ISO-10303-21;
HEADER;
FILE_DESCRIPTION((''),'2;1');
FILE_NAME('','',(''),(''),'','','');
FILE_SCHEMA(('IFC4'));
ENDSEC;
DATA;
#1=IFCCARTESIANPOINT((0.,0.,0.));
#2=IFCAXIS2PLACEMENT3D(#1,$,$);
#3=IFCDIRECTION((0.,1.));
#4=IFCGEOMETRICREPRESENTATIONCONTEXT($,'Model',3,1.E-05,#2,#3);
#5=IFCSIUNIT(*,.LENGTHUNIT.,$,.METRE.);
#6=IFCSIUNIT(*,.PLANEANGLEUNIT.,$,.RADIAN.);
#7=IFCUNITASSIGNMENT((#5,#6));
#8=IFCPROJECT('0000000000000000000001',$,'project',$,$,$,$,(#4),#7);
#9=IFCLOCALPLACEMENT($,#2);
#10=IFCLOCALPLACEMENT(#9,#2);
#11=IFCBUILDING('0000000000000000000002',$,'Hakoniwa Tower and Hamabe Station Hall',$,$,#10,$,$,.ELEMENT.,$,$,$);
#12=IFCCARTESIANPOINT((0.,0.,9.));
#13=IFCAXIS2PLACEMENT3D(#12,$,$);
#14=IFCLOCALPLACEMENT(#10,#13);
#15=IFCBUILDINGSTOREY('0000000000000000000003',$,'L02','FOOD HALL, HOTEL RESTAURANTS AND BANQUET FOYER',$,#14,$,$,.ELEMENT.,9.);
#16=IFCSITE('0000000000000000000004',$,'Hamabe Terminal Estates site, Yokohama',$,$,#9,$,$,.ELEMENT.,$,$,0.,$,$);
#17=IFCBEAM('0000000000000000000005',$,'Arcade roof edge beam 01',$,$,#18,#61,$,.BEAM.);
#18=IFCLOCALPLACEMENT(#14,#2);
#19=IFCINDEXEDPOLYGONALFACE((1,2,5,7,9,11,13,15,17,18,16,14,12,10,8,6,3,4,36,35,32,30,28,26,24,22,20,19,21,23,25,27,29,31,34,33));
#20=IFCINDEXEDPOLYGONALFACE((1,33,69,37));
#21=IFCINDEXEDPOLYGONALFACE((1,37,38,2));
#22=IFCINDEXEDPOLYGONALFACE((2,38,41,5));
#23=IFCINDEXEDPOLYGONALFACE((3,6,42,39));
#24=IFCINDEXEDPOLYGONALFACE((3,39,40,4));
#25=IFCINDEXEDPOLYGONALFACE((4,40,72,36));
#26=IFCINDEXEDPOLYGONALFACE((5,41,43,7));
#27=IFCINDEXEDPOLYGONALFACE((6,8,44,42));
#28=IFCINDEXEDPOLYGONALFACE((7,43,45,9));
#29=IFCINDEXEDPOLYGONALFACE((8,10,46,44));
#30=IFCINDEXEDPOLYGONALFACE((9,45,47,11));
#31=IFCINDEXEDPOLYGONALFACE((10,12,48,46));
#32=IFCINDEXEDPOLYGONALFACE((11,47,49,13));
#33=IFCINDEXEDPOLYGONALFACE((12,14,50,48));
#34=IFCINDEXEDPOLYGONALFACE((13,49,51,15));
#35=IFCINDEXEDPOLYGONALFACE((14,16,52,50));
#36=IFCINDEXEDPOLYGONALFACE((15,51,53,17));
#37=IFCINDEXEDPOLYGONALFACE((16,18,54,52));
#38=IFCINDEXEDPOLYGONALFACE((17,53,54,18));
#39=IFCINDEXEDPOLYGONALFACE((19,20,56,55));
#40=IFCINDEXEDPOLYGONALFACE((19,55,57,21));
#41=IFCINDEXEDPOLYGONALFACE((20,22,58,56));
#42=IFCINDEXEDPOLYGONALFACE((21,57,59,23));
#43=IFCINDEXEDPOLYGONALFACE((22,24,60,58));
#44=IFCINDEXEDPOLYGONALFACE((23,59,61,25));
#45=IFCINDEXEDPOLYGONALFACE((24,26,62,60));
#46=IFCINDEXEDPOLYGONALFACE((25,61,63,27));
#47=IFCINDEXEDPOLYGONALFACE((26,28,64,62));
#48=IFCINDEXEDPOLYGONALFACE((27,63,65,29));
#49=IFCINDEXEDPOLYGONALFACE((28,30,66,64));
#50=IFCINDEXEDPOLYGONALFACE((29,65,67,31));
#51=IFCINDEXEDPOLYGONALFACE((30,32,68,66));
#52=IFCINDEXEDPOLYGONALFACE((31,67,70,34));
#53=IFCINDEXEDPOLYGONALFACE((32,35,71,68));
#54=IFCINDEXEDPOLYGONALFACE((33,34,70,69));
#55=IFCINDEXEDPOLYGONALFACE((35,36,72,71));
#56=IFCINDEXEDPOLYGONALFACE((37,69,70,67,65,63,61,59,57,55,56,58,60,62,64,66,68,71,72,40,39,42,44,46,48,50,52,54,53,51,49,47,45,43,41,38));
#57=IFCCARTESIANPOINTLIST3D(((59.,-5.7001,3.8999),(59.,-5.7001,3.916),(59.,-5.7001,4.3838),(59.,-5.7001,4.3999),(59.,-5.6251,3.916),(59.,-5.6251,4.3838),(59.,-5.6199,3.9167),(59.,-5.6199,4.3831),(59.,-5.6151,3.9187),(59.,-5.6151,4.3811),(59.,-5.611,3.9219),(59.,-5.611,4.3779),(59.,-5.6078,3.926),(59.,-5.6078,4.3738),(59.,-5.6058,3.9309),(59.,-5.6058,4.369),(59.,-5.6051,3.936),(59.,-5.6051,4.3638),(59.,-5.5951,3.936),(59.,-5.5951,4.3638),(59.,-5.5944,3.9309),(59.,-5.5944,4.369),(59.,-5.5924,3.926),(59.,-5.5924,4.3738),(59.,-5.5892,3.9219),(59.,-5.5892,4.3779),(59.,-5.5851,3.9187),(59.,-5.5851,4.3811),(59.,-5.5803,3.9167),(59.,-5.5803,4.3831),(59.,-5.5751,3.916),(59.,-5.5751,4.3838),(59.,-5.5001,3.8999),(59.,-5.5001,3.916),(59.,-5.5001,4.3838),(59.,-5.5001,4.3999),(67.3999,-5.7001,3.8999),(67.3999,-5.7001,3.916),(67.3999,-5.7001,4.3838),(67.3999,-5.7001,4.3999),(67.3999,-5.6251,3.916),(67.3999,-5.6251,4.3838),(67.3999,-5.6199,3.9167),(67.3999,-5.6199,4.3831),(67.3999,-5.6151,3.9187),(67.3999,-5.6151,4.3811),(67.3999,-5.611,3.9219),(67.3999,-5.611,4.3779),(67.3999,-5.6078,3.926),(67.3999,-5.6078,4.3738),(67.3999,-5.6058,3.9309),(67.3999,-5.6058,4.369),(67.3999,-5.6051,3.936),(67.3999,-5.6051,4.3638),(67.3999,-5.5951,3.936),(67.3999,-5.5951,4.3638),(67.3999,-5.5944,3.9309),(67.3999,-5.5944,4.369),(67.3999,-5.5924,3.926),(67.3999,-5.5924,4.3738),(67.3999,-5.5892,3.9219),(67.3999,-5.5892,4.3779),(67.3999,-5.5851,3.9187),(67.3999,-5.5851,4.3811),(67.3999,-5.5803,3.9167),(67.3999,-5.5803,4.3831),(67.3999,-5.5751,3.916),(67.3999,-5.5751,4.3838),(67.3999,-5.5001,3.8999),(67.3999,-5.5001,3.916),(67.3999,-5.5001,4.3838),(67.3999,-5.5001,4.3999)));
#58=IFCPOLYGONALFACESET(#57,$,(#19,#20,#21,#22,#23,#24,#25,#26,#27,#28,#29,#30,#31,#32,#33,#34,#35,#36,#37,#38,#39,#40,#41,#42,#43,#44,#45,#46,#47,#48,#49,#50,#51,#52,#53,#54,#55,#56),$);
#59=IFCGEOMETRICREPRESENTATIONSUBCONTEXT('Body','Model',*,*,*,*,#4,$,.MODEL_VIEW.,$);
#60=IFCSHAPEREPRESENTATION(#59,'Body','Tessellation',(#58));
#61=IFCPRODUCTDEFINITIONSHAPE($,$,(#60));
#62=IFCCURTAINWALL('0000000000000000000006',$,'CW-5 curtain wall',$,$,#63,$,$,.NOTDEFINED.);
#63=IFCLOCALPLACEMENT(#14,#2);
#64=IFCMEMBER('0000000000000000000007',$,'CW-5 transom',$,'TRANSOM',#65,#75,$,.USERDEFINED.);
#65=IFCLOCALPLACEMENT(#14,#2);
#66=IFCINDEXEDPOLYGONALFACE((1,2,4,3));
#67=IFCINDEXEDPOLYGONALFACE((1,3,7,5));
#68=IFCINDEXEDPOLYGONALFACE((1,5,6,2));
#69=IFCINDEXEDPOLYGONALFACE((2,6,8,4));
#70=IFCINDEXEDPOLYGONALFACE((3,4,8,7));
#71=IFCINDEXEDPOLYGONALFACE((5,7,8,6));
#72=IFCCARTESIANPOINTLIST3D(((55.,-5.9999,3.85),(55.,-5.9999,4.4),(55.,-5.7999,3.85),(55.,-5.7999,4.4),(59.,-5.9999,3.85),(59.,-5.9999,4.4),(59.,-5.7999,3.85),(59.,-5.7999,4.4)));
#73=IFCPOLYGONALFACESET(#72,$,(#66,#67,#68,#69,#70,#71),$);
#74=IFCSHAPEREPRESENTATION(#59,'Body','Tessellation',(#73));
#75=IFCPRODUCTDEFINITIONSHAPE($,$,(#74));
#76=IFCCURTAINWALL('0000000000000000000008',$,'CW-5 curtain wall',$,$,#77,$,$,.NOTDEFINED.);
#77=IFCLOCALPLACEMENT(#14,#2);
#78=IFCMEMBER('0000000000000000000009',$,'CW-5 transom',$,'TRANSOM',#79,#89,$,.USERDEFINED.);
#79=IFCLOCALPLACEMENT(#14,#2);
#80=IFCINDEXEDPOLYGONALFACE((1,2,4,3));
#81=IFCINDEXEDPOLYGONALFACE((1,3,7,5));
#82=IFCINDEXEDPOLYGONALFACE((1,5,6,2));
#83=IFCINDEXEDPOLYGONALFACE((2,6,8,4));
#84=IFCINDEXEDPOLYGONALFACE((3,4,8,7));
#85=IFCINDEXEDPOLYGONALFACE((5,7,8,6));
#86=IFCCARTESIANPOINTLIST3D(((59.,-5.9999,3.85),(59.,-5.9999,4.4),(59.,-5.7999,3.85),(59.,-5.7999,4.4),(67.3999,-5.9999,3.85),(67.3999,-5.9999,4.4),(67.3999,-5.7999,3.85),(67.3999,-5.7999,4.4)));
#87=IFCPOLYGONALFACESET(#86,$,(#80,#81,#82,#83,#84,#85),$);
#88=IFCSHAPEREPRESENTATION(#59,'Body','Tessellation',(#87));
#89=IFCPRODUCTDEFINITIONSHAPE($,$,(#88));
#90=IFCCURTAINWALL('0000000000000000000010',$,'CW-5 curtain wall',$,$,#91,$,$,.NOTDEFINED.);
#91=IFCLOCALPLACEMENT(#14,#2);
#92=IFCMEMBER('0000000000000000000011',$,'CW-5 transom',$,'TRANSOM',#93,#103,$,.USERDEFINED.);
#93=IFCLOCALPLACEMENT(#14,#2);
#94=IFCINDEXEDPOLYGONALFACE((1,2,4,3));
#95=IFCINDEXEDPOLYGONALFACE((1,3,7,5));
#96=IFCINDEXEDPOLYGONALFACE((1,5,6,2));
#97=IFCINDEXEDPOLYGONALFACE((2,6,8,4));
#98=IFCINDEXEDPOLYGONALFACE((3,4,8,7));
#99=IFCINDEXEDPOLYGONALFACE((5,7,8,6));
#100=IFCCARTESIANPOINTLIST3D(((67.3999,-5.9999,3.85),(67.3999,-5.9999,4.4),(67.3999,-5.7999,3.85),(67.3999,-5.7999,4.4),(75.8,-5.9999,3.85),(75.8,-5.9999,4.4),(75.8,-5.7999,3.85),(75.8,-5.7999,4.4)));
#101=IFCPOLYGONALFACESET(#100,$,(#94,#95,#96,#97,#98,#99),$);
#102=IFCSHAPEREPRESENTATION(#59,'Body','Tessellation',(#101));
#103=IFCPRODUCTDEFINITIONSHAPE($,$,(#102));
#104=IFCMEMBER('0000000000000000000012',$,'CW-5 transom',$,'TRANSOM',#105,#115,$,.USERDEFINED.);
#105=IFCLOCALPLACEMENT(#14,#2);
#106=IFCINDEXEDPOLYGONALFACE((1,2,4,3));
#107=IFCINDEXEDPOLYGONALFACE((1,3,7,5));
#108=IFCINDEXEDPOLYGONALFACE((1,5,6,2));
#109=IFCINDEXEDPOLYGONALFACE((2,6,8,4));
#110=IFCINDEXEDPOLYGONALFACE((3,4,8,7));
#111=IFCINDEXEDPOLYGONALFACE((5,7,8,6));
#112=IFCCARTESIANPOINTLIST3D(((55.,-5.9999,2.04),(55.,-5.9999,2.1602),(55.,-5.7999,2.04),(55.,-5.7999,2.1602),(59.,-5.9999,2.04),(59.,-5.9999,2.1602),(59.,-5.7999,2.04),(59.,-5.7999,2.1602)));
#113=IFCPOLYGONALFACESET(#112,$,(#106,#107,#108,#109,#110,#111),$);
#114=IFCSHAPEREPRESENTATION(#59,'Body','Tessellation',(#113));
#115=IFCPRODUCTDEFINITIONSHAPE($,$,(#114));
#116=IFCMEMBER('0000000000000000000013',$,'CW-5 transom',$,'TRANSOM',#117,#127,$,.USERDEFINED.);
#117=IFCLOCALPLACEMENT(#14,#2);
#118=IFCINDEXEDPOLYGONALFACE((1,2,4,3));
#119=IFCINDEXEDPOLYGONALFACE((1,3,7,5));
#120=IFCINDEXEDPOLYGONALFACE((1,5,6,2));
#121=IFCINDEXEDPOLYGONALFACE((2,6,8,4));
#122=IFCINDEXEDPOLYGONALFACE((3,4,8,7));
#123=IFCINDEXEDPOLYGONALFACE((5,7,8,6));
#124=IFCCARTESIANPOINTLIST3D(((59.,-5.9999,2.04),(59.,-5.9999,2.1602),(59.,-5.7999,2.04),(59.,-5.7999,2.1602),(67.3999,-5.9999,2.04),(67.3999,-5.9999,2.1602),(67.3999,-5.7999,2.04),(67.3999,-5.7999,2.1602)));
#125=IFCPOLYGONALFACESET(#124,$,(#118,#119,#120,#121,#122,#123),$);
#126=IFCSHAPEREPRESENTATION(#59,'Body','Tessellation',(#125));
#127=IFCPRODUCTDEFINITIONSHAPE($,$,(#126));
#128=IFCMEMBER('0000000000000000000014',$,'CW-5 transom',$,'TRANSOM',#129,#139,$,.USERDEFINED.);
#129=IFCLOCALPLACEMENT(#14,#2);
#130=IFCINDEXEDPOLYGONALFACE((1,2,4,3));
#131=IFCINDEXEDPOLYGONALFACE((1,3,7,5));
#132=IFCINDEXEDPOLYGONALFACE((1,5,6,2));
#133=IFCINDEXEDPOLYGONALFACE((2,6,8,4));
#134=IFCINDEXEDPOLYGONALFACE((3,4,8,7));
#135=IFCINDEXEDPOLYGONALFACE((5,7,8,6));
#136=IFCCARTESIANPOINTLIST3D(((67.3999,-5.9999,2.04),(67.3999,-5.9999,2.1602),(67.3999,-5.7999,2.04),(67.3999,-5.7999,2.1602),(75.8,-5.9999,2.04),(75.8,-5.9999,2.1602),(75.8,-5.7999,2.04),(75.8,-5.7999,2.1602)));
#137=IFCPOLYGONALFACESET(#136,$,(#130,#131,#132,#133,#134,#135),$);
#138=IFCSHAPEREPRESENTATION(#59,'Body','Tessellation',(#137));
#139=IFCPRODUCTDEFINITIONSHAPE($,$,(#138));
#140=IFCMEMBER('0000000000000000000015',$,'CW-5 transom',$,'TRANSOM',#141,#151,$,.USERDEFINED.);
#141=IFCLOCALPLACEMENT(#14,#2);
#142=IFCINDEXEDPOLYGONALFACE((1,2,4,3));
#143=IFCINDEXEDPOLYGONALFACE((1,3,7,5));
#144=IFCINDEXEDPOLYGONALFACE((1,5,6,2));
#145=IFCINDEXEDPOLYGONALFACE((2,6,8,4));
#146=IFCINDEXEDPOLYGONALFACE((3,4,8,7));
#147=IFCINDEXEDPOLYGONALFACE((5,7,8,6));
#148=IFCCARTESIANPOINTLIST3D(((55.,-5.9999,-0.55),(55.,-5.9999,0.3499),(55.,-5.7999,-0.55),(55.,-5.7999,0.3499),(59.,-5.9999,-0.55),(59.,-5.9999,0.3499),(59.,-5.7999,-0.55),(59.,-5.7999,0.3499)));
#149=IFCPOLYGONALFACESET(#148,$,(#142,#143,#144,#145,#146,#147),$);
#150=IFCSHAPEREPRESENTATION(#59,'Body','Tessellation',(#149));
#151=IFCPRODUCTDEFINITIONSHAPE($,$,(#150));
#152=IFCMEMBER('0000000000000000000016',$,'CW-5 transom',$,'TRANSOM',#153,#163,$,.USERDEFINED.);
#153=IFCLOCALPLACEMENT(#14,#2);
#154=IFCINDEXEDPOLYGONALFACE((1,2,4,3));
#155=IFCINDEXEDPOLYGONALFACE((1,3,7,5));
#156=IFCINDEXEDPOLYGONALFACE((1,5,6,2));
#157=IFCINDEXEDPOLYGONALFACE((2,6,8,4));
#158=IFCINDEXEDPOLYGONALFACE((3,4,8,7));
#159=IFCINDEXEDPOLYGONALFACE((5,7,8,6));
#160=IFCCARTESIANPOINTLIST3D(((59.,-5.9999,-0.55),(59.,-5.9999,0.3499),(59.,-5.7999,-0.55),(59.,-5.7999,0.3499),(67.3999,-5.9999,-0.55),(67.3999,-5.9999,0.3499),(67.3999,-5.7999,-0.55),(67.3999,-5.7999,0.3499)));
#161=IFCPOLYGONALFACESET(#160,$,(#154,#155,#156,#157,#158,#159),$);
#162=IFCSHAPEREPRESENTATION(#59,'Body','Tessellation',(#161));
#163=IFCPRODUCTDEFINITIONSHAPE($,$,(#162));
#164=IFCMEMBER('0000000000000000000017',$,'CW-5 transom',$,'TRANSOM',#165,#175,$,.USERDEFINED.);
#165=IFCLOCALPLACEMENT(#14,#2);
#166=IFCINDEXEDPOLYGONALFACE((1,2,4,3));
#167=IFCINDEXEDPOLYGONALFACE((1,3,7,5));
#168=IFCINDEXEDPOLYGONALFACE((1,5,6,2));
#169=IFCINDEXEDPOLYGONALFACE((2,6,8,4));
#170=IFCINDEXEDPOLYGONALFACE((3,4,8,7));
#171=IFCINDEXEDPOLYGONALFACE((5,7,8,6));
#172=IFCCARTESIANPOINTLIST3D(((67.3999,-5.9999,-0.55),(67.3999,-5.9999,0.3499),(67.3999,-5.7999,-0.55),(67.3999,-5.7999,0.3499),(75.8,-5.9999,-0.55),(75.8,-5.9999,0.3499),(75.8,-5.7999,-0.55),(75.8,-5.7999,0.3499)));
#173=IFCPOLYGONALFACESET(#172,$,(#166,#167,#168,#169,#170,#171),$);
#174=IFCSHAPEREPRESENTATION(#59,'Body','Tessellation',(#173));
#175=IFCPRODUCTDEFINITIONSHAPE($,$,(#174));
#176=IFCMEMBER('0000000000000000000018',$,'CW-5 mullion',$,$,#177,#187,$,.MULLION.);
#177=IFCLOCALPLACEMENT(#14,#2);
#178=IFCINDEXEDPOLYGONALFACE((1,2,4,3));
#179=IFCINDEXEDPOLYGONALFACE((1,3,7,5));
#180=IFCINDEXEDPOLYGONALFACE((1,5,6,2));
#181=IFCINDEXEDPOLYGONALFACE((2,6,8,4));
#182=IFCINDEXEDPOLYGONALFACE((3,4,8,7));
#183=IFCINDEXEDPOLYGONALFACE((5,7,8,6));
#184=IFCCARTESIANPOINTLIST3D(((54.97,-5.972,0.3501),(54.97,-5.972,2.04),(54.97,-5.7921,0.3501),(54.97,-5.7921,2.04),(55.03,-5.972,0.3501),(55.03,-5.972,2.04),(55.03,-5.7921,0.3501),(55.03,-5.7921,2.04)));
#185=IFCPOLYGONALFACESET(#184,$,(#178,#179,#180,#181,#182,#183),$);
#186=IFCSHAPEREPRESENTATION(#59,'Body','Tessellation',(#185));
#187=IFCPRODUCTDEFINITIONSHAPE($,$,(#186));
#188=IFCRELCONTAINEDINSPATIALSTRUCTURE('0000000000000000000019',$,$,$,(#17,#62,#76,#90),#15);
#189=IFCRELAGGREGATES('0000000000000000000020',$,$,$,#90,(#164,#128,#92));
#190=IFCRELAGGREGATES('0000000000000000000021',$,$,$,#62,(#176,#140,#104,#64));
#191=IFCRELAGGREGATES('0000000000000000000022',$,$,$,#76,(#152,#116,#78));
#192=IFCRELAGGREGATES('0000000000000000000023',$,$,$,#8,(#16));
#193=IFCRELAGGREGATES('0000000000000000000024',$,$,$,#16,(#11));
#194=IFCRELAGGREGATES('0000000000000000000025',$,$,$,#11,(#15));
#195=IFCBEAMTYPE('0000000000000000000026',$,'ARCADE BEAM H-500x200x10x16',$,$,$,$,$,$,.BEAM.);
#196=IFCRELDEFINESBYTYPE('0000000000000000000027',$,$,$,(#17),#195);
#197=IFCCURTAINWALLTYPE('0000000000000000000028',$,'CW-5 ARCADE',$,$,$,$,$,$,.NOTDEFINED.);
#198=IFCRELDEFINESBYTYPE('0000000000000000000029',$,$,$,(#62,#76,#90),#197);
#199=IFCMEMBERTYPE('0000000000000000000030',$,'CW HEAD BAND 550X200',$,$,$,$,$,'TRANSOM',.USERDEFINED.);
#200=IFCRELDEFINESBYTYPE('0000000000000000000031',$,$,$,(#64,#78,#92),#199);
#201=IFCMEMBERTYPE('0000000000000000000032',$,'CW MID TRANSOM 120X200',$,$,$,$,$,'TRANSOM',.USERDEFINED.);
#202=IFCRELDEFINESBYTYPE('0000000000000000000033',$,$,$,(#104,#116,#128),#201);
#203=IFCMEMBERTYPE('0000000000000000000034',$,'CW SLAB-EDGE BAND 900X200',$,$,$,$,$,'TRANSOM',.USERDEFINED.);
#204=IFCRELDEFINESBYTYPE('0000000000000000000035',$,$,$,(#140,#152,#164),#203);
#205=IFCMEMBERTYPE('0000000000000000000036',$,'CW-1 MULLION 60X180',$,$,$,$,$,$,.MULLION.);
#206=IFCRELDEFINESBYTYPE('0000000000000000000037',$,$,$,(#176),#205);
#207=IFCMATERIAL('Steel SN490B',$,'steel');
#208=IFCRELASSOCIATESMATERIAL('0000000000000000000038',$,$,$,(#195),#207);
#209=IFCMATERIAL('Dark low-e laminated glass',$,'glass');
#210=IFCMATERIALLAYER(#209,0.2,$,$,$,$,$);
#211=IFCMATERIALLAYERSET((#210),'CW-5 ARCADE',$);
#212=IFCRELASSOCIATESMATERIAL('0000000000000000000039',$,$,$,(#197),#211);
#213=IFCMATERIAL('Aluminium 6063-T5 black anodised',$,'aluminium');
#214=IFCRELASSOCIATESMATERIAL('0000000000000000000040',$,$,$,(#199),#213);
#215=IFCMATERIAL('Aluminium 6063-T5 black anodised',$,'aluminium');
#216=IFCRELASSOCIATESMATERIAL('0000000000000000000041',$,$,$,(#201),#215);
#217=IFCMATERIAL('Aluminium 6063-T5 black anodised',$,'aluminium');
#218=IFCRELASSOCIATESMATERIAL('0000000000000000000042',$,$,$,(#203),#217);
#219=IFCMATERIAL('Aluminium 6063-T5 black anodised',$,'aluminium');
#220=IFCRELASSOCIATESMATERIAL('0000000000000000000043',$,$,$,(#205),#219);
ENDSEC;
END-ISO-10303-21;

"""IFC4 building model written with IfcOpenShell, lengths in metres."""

from ifc_helpers import new_model, si_unit, direction, frame, origin, origin_2d, place, context, subcontext, project, spatial, rectangle, i_section, extrude, material, layer, layer_set, material_profile, profile_set, type_object, element, aggregate, save


model = new_model("IFC4")

# Units and contexts
model_context = context("Model", 3, precision=1e-05, world=origin(), true_north=direction((0.0, 1.0)))
body_context = subcontext(model_context, "Body", "Model", "MODEL_VIEW")
ifc_project = project(units=[si_unit("LENGTHUNIT", "METRE"), si_unit("PLANEANGLEUNIT", "RADIAN")], contexts=[model_context])

# Site, building, storey
site_placement = place(None, origin())
site = spatial("IfcSite", under=ifc_project, at=site_placement, Name="Hamabe Terminal Estates site, Yokohama", CompositionType="ELEMENT", RefElevation=0.0)
building_placement = place(site_placement, origin())
building = spatial("IfcBuilding", under=site, at=building_placement, Name="Hakoniwa Tower and Hamabe Station Hall", CompositionType="ELEMENT")
storey_placement = place(building_placement, frame((0.0, 0.0, 9.0)))
storey = spatial("IfcBuildingStorey", under=building, at=storey_placement, Name="L02", Description="FOOD HALL, HOTEL RESTAURANTS AND BANQUET FOYER", CompositionType="ELEMENT", Elevation=9.0)

# Beam
ifc_material_1 = material(Name="Steel SN490B", Category="steel")
ifc_material_profile_1 = material_profile(ifc_material_1, i_section(OverallWidth=0.2, OverallDepth=0.5, WebThickness=0.01, FlangeThickness=0.0161, FilletRadius=0.02, at=origin_2d()), Name="H-500x200x10x16")
ifc_profile_set_1 = profile_set([ifc_material_profile_1], Name="Steel SN490B")
beam_type = type_object("IfcBeamType", Name="ARCADE BEAM H-500x200x10x16", PredefinedType="BEAM", material=ifc_profile_set_1)
beam_1_placement = place(storey_placement, frame((59.0, -5.6001, 4.1499), z_axis=(1.0, 0.0, 0.0), x_axis=(0.0, 1.0, 0.0)))
element("IfcBeam", 1, at=beam_1_placement, inside=storey, type_object=beam_type, Name="Arcade roof edge beam 01", PredefinedType="BEAM", context=body_context, shape_type="SweptSolid", body=[
    extrude(i_section(OverallWidth=0.2, OverallDepth=0.5, WebThickness=0.01, FlangeThickness=0.0161, FilletRadius=0.02, at=origin_2d()), origin(), (0.0, 0.0, 1.0), 8.3999),
])

# Curtain walls, members
ifc_material_2 = material(Name="Dark low-e laminated glass", Category="glass")
ifc_layer_1 = layer(ifc_material_2, 0.2)
ifc_layer_set_1 = layer_set([ifc_layer_1], Name="CW-5 ARCADE")
curtain_wall_type = type_object("IfcCurtainWallType", Name="CW-5 ARCADE", PredefinedType="NOTDEFINED", material=ifc_layer_set_1)
curtain_wall_1_placement = place(storey_placement, origin())
curtain_wall_1 = element("IfcCurtainWall", 2, at=curtain_wall_1_placement, inside=storey, type_object=curtain_wall_type, Name="CW-5 curtain wall", PredefinedType="NOTDEFINED")
ifc_material_3 = material(Name="Aluminium 6063-T5 black anodised", Category="aluminium")
ifc_material_profile_2 = material_profile(ifc_material_3, rectangle(XDim=0.2, YDim=0.55, at=origin_2d()), Name="CW HEAD BAND 550X200")
ifc_profile_set_2 = profile_set([ifc_material_profile_2], Name="Aluminium 6063-T5 black anodised")
member_type_1 = type_object("IfcMemberType", Name="CW HEAD BAND 550X200", ElementType="TRANSOM", PredefinedType="USERDEFINED", material=ifc_profile_set_2)
member_1_placement = place(storey_placement, frame((55.0, -5.8999, 4.125), z_axis=(1.0, 0.0, 0.0), x_axis=(0.0, 1.0, 0.0)))
member_1 = element("IfcMember", 3, at=member_1_placement, type_object=member_type_1, Name="CW-5 transom", ObjectType="TRANSOM", PredefinedType="USERDEFINED", context=body_context, shape_type="SweptSolid", body=[
    extrude(rectangle(XDim=0.2, YDim=0.55, at=origin_2d()), origin(), (0.0, 0.0, 1.0), 4.0),
])
curtain_wall_2_placement = place(storey_placement, origin())
curtain_wall_2 = element("IfcCurtainWall", 4, at=curtain_wall_2_placement, inside=storey, type_object=curtain_wall_type, Name="CW-5 curtain wall", PredefinedType="NOTDEFINED")
member_2_placement = place(storey_placement, frame((59.0, -5.8999, 4.125), z_axis=(1.0, 0.0, 0.0), x_axis=(0.0, 1.0, 0.0)))
member_2 = element("IfcMember", 5, at=member_2_placement, type_object=member_type_1, Name="CW-5 transom", ObjectType="TRANSOM", PredefinedType="USERDEFINED", context=body_context, shape_type="SweptSolid", body=[
    extrude(rectangle(XDim=0.2, YDim=0.55, at=origin_2d()), origin(), (0.0, 0.0, 1.0), 8.3999),
])
curtain_wall_3_placement = place(storey_placement, origin())
curtain_wall_3 = element("IfcCurtainWall", 6, at=curtain_wall_3_placement, inside=storey, type_object=curtain_wall_type, Name="CW-5 curtain wall", PredefinedType="NOTDEFINED")
member_3_placement = place(storey_placement, frame((67.3999, -5.8999, 4.125), z_axis=(1.0, 0.0, 0.0), x_axis=(0.0, 1.0, 0.0)))
member_3 = element("IfcMember", 7, at=member_3_placement, type_object=member_type_1, Name="CW-5 transom", ObjectType="TRANSOM", PredefinedType="USERDEFINED", context=body_context, shape_type="SweptSolid", body=[
    extrude(rectangle(XDim=0.2, YDim=0.55, at=origin_2d()), origin(), (0.0, 0.0, 1.0), 8.4001),
])

# Members
ifc_material_4 = material(Name="Aluminium 6063-T5 black anodised", Category="aluminium")
ifc_material_profile_3 = material_profile(ifc_material_4, rectangle(XDim=0.2, YDim=0.1201, at=origin_2d()), Name="CW MID TRANSOM 120X200")
ifc_profile_set_3 = profile_set([ifc_material_profile_3], Name="Aluminium 6063-T5 black anodised")
member_type_2 = type_object("IfcMemberType", Name="CW MID TRANSOM 120X200", ElementType="TRANSOM", PredefinedType="USERDEFINED", material=ifc_profile_set_3)
member_4_placement = place(storey_placement, frame((55.0, -5.8999, 2.1001), z_axis=(1.0, 0.0, 0.0), x_axis=(0.0, 1.0, 0.0)))
member_4 = element("IfcMember", 8, at=member_4_placement, type_object=member_type_2, Name="CW-5 transom", ObjectType="TRANSOM", PredefinedType="USERDEFINED", context=body_context, shape_type="SweptSolid", body=[
    extrude(rectangle(XDim=0.2, YDim=0.1201, at=origin_2d()), origin(), (0.0, 0.0, 1.0), 4.0),
])
member_5_placement = place(storey_placement, frame((59.0, -5.8999, 2.1001), z_axis=(1.0, 0.0, 0.0), x_axis=(0.0, 1.0, 0.0)))
member_5 = element("IfcMember", 9, at=member_5_placement, type_object=member_type_2, Name="CW-5 transom", ObjectType="TRANSOM", PredefinedType="USERDEFINED", context=body_context, shape_type="SweptSolid", body=[
    extrude(rectangle(XDim=0.2, YDim=0.1201, at=origin_2d()), origin(), (0.0, 0.0, 1.0), 8.3999),
])
member_6_placement = place(storey_placement, frame((67.3999, -5.8999, 2.1001), z_axis=(1.0, 0.0, 0.0), x_axis=(0.0, 1.0, 0.0)))
member_6 = element("IfcMember", 10, at=member_6_placement, type_object=member_type_2, Name="CW-5 transom", ObjectType="TRANSOM", PredefinedType="USERDEFINED", context=body_context, shape_type="SweptSolid", body=[
    extrude(rectangle(XDim=0.2, YDim=0.1201, at=origin_2d()), origin(), (0.0, 0.0, 1.0), 8.4001),
])
ifc_material_5 = material(Name="Aluminium 6063-T5 black anodised", Category="aluminium")
ifc_material_profile_4 = material_profile(ifc_material_5, rectangle(XDim=0.2, YDim=0.8999, at=origin_2d()), Name="CW SLAB-EDGE BAND 900X200")
ifc_profile_set_4 = profile_set([ifc_material_profile_4], Name="Aluminium 6063-T5 black anodised")
member_type_3 = type_object("IfcMemberType", Name="CW SLAB-EDGE BAND 900X200", ElementType="TRANSOM", PredefinedType="USERDEFINED", material=ifc_profile_set_4)
member_7_placement = place(storey_placement, frame((55.0, -5.8999, -0.1001), z_axis=(1.0, 0.0, 0.0), x_axis=(0.0, 1.0, 0.0)))
member_7 = element("IfcMember", 11, at=member_7_placement, type_object=member_type_3, Name="CW-5 transom", ObjectType="TRANSOM", PredefinedType="USERDEFINED", context=body_context, shape_type="SweptSolid", body=[
    extrude(rectangle(XDim=0.2, YDim=0.8999, at=origin_2d()), origin(), (0.0, 0.0, 1.0), 4.0),
])
member_8_placement = place(storey_placement, frame((59.0, -5.8999, -0.1001), z_axis=(1.0, 0.0, 0.0), x_axis=(0.0, 1.0, 0.0)))
member_8 = element("IfcMember", 12, at=member_8_placement, type_object=member_type_3, Name="CW-5 transom", ObjectType="TRANSOM", PredefinedType="USERDEFINED", context=body_context, shape_type="SweptSolid", body=[
    extrude(rectangle(XDim=0.2, YDim=0.8999, at=origin_2d()), origin(), (0.0, 0.0, 1.0), 8.3999),
])
member_9_placement = place(storey_placement, frame((67.3999, -5.8999, -0.1001), z_axis=(1.0, 0.0, 0.0), x_axis=(0.0, 1.0, 0.0)))
member_9 = element("IfcMember", 13, at=member_9_placement, type_object=member_type_3, Name="CW-5 transom", ObjectType="TRANSOM", PredefinedType="USERDEFINED", context=body_context, shape_type="SweptSolid", body=[
    extrude(rectangle(XDim=0.2, YDim=0.8999, at=origin_2d()), origin(), (0.0, 0.0, 1.0), 8.4001),
])
aggregate(curtain_wall_3, [member_9, member_6, member_3])
ifc_material_6 = material(Name="Aluminium 6063-T5 black anodised", Category="aluminium")
ifc_material_profile_5 = material_profile(ifc_material_6, rectangle(XDim=0.0601, YDim=0.1799, at=origin_2d()), Name="CW-1 MULLION 60X180")
ifc_profile_set_5 = profile_set([ifc_material_profile_5], Name="Aluminium 6063-T5 black anodised")
member_type_4 = type_object("IfcMemberType", Name="CW-1 MULLION 60X180", PredefinedType="MULLION", material=ifc_profile_set_5)
member_10_placement = place(storey_placement, frame((55.0, -5.8821, 0.3501), z_axis=(0.0, 0.0, 1.0), x_axis=(1.0, 0.0, 0.0)))
member_10 = element("IfcMember", 14, at=member_10_placement, type_object=member_type_4, Name="CW-5 mullion", PredefinedType="MULLION", context=body_context, shape_type="SweptSolid", body=[
    extrude(rectangle(XDim=0.0601, YDim=0.1799, at=origin_2d()), origin(), (0.0, 0.0, 1.0), 1.6899),
])

aggregate(curtain_wall_1, [member_10, member_7, member_4, member_1])
aggregate(curtain_wall_2, [member_8, member_5, member_2])

save(model, "model.ifc")
